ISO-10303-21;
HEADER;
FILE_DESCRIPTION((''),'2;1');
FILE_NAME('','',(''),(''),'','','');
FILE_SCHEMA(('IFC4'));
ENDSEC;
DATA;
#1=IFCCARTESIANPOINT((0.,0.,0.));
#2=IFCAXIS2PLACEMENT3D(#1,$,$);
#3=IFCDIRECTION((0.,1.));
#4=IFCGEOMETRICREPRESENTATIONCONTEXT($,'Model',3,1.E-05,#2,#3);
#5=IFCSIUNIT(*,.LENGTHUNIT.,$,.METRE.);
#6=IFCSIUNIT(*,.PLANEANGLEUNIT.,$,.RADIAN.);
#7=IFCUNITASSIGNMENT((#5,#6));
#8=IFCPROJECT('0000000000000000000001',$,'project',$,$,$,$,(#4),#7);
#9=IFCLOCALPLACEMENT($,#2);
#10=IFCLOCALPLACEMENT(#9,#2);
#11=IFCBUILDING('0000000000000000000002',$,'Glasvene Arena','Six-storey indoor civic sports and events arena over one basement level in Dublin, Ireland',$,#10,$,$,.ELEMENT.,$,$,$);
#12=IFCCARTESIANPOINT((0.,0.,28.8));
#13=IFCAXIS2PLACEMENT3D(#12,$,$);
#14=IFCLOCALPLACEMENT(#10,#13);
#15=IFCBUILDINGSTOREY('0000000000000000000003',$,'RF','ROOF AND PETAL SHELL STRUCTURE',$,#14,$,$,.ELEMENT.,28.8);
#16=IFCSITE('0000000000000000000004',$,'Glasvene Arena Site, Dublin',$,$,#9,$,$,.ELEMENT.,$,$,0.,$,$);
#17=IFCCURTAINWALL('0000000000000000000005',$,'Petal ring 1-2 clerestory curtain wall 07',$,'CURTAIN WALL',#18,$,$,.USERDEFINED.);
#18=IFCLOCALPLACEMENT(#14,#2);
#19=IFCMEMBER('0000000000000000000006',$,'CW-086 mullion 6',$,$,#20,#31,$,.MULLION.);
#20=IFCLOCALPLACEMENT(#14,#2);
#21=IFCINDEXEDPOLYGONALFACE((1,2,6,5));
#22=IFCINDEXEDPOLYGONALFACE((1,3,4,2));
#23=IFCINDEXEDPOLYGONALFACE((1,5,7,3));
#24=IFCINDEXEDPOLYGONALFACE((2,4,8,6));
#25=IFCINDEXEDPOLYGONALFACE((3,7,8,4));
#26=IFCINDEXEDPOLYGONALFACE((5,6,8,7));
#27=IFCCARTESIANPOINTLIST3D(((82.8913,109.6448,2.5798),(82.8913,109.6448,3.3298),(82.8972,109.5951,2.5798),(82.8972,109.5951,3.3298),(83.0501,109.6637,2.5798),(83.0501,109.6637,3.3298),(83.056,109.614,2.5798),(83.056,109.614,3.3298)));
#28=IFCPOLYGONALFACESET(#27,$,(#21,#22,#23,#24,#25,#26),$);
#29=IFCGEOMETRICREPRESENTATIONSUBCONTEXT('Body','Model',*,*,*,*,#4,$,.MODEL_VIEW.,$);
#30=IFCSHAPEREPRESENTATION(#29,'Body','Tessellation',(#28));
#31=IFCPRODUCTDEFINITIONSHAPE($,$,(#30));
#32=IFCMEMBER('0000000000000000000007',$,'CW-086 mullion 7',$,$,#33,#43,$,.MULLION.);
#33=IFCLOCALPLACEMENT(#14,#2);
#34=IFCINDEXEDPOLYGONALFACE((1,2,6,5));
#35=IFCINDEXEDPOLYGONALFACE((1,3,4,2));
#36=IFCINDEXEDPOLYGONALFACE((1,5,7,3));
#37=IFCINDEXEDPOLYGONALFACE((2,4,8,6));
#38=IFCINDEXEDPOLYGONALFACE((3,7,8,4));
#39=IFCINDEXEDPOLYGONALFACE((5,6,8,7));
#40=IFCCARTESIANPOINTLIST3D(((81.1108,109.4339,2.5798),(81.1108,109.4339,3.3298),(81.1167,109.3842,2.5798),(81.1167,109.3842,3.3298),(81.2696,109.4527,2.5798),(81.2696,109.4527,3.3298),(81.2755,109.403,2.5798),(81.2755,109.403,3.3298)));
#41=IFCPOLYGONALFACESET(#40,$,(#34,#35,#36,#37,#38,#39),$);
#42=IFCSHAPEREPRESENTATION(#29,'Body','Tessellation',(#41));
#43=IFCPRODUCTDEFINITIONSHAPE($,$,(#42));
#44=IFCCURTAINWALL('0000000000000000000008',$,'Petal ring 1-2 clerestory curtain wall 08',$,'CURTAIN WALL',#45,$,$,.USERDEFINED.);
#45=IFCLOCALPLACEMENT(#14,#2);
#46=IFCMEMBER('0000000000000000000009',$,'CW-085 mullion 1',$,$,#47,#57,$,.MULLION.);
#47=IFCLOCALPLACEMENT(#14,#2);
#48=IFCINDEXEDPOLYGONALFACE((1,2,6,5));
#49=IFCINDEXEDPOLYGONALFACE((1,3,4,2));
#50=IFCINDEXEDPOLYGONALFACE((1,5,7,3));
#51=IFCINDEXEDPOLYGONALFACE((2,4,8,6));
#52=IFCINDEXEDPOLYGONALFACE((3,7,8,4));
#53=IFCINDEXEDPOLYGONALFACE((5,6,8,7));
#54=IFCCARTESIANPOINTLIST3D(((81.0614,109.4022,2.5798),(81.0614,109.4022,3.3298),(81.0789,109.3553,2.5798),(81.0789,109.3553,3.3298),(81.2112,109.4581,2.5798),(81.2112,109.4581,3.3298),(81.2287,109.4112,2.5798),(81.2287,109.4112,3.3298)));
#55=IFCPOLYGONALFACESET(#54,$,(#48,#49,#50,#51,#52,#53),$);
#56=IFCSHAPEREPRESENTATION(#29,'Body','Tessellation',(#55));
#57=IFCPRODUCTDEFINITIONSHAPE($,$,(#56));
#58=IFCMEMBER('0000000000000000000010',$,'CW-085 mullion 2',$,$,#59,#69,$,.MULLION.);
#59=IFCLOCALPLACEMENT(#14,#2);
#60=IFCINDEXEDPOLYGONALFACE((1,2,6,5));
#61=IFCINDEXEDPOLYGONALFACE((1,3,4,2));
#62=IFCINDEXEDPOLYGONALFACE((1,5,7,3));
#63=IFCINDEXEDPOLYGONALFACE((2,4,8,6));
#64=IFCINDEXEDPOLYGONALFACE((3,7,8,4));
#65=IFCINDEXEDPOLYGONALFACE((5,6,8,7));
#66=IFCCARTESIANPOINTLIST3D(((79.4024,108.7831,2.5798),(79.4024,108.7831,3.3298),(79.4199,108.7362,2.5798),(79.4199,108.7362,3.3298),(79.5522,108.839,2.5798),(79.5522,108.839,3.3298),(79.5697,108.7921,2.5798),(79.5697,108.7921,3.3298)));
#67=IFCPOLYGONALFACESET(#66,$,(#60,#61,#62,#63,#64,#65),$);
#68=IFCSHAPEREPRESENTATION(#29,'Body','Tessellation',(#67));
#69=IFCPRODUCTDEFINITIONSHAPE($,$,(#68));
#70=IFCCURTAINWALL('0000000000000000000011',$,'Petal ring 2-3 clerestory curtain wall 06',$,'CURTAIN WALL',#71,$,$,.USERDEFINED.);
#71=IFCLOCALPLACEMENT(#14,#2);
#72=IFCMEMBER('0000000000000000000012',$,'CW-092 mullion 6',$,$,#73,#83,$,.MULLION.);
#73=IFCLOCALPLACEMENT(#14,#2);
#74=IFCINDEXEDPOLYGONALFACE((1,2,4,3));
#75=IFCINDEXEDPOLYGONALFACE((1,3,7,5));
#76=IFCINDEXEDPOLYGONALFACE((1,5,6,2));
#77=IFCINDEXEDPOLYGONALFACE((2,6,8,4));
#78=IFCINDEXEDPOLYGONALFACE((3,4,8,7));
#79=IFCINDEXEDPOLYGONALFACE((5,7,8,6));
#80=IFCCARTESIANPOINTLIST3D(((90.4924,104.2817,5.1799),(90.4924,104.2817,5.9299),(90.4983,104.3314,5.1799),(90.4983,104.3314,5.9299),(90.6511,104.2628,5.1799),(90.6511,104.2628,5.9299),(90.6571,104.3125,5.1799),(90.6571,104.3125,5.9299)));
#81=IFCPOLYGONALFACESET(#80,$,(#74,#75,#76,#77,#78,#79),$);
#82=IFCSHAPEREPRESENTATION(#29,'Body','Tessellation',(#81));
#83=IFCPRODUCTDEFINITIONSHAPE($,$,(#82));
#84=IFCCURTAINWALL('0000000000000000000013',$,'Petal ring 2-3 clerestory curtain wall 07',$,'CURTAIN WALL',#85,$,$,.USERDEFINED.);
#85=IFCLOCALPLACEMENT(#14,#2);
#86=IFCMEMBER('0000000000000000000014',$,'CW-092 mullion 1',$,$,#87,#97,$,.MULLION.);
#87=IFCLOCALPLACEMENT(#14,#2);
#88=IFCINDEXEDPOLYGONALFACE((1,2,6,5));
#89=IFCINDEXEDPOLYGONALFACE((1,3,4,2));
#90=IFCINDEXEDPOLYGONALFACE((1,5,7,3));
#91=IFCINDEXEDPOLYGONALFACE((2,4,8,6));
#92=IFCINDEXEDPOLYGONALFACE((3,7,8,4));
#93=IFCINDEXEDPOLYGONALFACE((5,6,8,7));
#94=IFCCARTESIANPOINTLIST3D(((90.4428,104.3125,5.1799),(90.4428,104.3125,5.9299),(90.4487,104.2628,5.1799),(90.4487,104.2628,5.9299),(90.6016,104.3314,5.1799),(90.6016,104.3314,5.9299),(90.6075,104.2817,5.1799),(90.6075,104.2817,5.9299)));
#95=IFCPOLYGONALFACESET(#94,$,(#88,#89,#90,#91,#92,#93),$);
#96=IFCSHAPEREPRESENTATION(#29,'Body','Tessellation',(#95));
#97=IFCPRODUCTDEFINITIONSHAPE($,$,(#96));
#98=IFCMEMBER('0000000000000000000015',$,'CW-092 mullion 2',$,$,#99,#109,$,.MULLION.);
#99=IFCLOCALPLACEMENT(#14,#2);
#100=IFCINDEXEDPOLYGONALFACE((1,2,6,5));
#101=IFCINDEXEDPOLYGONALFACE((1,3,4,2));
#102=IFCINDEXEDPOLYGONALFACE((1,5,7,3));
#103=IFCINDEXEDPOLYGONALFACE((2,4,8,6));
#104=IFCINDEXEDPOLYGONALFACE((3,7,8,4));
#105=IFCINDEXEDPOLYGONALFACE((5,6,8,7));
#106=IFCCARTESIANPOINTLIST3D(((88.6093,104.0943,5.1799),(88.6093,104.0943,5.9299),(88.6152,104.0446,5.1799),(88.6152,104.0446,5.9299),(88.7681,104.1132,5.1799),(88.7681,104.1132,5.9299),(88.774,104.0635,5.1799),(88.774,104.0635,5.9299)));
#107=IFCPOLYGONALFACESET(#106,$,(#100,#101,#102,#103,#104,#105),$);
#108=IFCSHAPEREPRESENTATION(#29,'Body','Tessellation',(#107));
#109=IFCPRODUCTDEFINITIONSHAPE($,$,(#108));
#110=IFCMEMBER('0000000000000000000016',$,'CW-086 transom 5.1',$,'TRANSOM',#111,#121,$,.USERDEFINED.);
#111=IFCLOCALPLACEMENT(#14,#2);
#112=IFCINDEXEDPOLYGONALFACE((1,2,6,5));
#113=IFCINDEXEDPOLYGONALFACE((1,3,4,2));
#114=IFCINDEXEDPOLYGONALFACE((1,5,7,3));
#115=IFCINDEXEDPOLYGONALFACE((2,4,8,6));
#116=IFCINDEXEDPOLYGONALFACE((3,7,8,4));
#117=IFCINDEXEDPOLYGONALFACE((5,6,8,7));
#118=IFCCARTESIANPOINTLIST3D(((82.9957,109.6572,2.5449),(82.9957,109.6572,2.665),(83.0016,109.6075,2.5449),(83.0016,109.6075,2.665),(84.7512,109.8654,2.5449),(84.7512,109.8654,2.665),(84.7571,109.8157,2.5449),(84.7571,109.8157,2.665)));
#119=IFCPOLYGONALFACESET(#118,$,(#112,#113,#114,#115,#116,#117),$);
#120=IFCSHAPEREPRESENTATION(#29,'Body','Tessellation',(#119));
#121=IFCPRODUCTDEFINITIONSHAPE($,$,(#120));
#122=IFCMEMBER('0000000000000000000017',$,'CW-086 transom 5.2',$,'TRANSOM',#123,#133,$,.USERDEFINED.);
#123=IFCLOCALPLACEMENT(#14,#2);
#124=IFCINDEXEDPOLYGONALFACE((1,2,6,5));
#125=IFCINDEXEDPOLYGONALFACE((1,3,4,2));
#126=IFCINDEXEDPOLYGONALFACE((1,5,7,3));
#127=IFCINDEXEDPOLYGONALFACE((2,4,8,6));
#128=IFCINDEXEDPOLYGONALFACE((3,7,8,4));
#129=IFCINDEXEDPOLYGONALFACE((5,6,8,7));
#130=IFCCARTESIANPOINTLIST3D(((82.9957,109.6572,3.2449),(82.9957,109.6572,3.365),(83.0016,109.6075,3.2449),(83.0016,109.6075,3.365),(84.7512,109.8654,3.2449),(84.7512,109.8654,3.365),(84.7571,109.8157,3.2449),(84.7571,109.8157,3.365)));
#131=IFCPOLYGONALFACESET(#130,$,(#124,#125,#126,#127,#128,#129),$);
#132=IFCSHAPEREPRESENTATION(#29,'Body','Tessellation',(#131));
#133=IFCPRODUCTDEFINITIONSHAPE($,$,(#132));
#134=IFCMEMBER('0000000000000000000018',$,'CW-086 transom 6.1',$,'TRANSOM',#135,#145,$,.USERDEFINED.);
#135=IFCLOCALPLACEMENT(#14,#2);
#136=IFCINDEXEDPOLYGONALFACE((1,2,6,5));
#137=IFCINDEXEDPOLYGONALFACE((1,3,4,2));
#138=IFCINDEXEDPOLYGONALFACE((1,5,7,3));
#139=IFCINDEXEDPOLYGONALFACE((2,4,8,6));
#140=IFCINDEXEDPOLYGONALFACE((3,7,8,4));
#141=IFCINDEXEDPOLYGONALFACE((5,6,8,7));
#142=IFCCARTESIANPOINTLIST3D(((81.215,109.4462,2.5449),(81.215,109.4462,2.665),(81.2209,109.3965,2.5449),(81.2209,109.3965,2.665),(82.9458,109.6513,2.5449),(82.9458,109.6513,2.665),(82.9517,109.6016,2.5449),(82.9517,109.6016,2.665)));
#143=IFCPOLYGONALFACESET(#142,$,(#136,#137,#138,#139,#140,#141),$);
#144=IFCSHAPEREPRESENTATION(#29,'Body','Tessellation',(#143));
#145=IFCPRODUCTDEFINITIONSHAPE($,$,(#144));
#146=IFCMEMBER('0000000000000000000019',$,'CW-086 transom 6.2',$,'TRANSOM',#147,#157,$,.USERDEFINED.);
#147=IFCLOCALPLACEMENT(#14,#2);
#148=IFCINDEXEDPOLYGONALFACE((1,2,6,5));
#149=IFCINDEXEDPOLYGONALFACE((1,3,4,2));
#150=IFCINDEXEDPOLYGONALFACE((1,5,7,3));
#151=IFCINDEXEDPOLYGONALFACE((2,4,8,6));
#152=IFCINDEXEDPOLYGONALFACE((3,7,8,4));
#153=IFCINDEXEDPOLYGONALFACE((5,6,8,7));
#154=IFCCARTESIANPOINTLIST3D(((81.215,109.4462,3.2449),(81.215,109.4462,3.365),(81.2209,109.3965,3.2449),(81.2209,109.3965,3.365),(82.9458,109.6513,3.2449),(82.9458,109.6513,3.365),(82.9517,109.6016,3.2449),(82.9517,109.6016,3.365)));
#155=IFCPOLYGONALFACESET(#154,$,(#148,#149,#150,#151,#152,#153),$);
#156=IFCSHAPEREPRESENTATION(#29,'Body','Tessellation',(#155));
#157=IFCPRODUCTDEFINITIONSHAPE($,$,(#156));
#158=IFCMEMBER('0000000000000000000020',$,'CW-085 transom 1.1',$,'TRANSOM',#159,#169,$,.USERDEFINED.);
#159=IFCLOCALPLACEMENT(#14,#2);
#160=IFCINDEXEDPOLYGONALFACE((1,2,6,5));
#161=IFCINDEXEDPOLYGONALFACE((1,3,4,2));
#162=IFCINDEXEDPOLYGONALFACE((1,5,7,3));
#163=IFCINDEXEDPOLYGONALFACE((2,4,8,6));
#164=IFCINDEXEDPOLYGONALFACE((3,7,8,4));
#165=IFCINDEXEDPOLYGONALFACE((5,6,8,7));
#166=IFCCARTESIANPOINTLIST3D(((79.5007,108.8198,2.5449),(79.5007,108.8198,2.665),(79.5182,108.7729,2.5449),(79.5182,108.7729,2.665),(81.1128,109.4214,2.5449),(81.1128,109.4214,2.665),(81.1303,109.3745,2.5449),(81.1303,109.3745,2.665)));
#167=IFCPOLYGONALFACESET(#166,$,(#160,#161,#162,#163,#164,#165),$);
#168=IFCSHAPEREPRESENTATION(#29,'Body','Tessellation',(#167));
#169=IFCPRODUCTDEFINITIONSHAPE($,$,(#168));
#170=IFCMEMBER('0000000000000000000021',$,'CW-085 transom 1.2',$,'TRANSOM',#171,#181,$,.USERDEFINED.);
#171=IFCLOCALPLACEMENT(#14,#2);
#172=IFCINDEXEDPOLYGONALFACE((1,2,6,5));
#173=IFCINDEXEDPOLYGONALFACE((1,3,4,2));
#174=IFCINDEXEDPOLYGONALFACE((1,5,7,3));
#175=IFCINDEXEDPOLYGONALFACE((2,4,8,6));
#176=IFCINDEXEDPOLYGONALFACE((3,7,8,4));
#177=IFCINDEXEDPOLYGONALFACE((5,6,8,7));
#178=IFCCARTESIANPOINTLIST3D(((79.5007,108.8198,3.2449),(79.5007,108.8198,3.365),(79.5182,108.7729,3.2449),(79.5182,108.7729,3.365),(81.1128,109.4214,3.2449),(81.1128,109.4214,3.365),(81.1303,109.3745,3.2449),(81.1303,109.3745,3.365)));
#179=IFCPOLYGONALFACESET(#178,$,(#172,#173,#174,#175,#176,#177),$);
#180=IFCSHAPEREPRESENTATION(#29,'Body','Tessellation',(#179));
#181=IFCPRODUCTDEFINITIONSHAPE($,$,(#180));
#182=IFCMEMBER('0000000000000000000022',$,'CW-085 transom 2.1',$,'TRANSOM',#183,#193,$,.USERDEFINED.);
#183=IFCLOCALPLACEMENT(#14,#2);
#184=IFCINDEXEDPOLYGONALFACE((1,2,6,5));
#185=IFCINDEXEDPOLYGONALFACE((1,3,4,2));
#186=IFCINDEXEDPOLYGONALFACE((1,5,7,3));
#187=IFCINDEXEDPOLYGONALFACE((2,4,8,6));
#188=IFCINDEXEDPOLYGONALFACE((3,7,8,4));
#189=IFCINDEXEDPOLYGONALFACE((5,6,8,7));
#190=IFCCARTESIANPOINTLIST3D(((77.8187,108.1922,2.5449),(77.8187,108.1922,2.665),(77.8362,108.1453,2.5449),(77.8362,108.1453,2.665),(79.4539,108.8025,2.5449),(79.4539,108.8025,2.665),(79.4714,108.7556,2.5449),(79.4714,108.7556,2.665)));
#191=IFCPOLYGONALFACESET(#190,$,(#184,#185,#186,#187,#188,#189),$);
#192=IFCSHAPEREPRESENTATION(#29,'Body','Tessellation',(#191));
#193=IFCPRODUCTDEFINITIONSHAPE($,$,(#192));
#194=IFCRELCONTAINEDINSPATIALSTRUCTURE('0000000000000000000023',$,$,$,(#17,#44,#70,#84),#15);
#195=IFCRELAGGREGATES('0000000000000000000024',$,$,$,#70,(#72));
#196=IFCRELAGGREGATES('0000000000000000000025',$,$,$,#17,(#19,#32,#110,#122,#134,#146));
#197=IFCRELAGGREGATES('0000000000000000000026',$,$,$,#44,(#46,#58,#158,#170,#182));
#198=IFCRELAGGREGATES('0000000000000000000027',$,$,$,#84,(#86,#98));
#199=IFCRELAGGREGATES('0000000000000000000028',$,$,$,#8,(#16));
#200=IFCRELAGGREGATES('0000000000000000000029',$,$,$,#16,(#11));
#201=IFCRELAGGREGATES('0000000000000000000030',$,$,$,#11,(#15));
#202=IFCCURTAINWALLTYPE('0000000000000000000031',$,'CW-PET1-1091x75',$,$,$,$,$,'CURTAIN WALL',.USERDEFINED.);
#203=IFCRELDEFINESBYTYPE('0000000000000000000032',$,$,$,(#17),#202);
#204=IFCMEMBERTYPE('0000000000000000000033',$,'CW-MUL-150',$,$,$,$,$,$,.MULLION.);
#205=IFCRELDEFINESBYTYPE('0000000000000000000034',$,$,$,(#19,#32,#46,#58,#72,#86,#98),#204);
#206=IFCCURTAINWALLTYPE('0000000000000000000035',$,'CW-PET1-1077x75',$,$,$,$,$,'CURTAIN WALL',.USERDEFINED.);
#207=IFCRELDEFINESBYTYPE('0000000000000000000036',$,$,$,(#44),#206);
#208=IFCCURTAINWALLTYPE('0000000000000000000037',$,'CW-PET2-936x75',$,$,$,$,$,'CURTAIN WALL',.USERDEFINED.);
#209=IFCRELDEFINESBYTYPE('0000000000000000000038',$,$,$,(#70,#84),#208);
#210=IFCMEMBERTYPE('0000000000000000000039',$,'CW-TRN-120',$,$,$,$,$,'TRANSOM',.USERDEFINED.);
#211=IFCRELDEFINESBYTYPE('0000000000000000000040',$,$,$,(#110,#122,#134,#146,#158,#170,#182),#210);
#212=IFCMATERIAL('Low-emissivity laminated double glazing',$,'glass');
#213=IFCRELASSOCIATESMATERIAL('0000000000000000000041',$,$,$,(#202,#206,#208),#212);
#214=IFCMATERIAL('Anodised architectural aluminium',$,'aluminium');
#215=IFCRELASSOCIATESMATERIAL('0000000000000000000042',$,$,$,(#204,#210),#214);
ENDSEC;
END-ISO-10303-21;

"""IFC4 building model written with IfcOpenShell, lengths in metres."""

from ifc_helpers import new_model, si_unit, direction, frame, origin, origin_2d, place, context, subcontext, project, spatial, rectangle, extrude, material, material_profile, profile_set, type_object, element, aggregate, save


model = new_model("IFC4")

# Units and contexts
model_context = context("Model", 3, precision=1e-05, world=origin(), true_north=direction((0.0, 1.0)))
body_context = subcontext(model_context, "Body", "Model", "MODEL_VIEW")
ifc_project = project(units=[si_unit("LENGTHUNIT", "METRE"), si_unit("PLANEANGLEUNIT", "RADIAN")], contexts=[model_context])

# Site, building, storey
site_placement = place(None, origin())
site = spatial("IfcSite", under=ifc_project, at=site_placement, Name="Glasvene Arena Site, Dublin", CompositionType="ELEMENT", RefElevation=0.0)
building_placement = place(site_placement, origin())
building = spatial("IfcBuilding", under=site, at=building_placement, Name="Glasvene Arena", Description="Six-storey indoor civic sports and events arena over one basement level in Dublin, Ireland", CompositionType="ELEMENT")
storey_placement = place(building_placement, frame((0.0, 0.0, 28.8)))
storey = spatial("IfcBuildingStorey", under=building, at=storey_placement, Name="RF", Description="ROOF AND PETAL SHELL STRUCTURE", CompositionType="ELEMENT", Elevation=28.8)

# Curtain walls, members
ifc_material_1 = material(Name="Low-emissivity laminated double glazing", Category="glass")
curtain_wall_type_1 = type_object("IfcCurtainWallType", Name="CW-PET1-1091x75", ElementType="CURTAIN WALL", PredefinedType="USERDEFINED", material=ifc_material_1)
curtain_wall_1_placement = place(storey_placement, frame((92.0, 110.7, 0.0)))
curtain_wall_1 = element("IfcCurtainWall", 1, at=curtain_wall_1_placement, inside=storey, type_object=curtain_wall_type_1, Name="Petal ring 1-2 clerestory curtain wall 07", ObjectType="CURTAIN WALL", PredefinedType="USERDEFINED")
ifc_material_2 = material(Name="Anodised architectural aluminium", Category="aluminium")
ifc_material_profile_1 = material_profile(ifc_material_2, rectangle(XDim=0.05, YDim=0.1599, at=origin_2d()), Name="ALU MULLION 50x160")
ifc_profile_set_1 = profile_set([ifc_material_profile_1], Name="Anodised architectural aluminium")
member_type_1 = type_object("IfcMemberType", Name="CW-MUL-150", PredefinedType="MULLION", material=ifc_profile_set_1)
member_1_placement = place(storey_placement, frame((82.9736, 109.6294, 2.5798), z_axis=(0.0, 0.0, 1.0), x_axis=(0.117772, -0.993041, 0.0)))
member_1 = element("IfcMember", 2, at=member_1_placement, type_object=member_type_1, Name="CW-086 mullion 6", PredefinedType="MULLION", context=body_context, shape_type="SweptSolid", body=[
    extrude(rectangle(XDim=0.05, YDim=0.1599, at=origin_2d()), origin(), (0.0, 0.0, 1.0), 0.75),
])
member_2_placement = place(storey_placement, frame((81.1931, 109.4185, 2.5798), z_axis=(0.0, 0.0, 1.0), x_axis=(0.117772, -0.993041, 0.0)))
member_2 = element("IfcMember", 3, at=member_2_placement, type_object=member_type_1, Name="CW-086 mullion 7", PredefinedType="MULLION", context=body_context, shape_type="SweptSolid", body=[
    extrude(rectangle(XDim=0.05, YDim=0.1599, at=origin_2d()), origin(), (0.0, 0.0, 1.0), 0.75),
])
curtain_wall_type_2 = type_object("IfcCurtainWallType", Name="CW-PET1-1077x75", ElementType="CURTAIN WALL", PredefinedType="USERDEFINED", material=ifc_material_1)
curtain_wall_2_placement = place(storey_placement, frame((81.1685, 109.4153, 0.0)))
curtain_wall_2 = element("IfcCurtainWall", 4, at=curtain_wall_2_placement, inside=storey, type_object=curtain_wall_type_2, Name="Petal ring 1-2 clerestory curtain wall 08", ObjectType="CURTAIN WALL", PredefinedType="USERDEFINED")
member_3_placement = place(storey_placement, frame((81.145, 109.4067, 2.5798), z_axis=(0.0, 0.0, 1.0), x_axis=(0.349591, -0.936902, 0.0)))
member_3 = element("IfcMember", 5, at=member_3_placement, type_object=member_type_1, Name="CW-085 mullion 1", PredefinedType="MULLION", context=body_context, shape_type="SweptSolid", body=[
    extrude(rectangle(XDim=0.05, YDim=0.1599, at=origin_2d()), origin(), (0.0, 0.0, 1.0), 0.75),
])
member_4_placement = place(storey_placement, frame((79.4861, 108.7876, 2.5798), z_axis=(0.0, 0.0, 1.0), x_axis=(0.349591, -0.936902, 0.0)))
member_4 = element("IfcMember", 6, at=member_4_placement, type_object=member_type_1, Name="CW-085 mullion 2", PredefinedType="MULLION", context=body_context, shape_type="SweptSolid", body=[
    extrude(rectangle(XDim=0.05, YDim=0.1599, at=origin_2d()), origin(), (0.0, 0.0, 1.0), 0.75),
])

# Curtain wall, member
curtain_wall_type_3 = type_object("IfcCurtainWallType", Name="CW-PET2-936x75", ElementType="CURTAIN WALL", PredefinedType="USERDEFINED", material=ifc_material_1)
curtain_wall_3_placement = place(storey_placement, frame((99.8416, 103.1943, 0.0)))
curtain_wall_3 = element("IfcCurtainWall", 7, at=curtain_wall_3_placement, inside=storey, type_object=curtain_wall_type_3, Name="Petal ring 2-3 clerestory curtain wall 06", ObjectType="CURTAIN WALL", PredefinedType="USERDEFINED")
member_5_placement = place(storey_placement, frame((90.5747, 104.2971, 5.1799), z_axis=(0.0, 0.0, 1.0), x_axis=(-0.118166, -0.992994, 0.0)))
member_5 = element("IfcMember", 8, at=member_5_placement, type_object=member_type_1, Name="CW-092 mullion 6", PredefinedType="MULLION", context=body_context, shape_type="SweptSolid", body=[
    extrude(rectangle(XDim=0.05, YDim=0.1599, at=origin_2d()), origin(), (0.0, 0.0, 1.0), 0.75),
])
aggregate(curtain_wall_3, [member_5])

# Curtain wall, members
curtain_wall_4_placement = place(storey_placement, frame((90.55, 104.3, 0.0)))
curtain_wall_4 = element("IfcCurtainWall", 9, at=curtain_wall_4_placement, inside=storey, type_object=curtain_wall_type_3, Name="Petal ring 2-3 clerestory curtain wall 07", ObjectType="CURTAIN WALL", PredefinedType="USERDEFINED")
member_6_placement = place(storey_placement, frame((90.5251, 104.2971, 5.1799), z_axis=(0.0, 0.0, 1.0), x_axis=(0.118166, -0.992994, 0.0)))
member_6 = element("IfcMember", 10, at=member_6_placement, type_object=member_type_1, Name="CW-092 mullion 1", PredefinedType="MULLION", context=body_context, shape_type="SweptSolid", body=[
    extrude(rectangle(XDim=0.05, YDim=0.1599, at=origin_2d()), origin(), (0.0, 0.0, 1.0), 0.75),
])
member_7_placement = place(storey_placement, frame((88.6917, 104.0789, 5.1799), z_axis=(0.0, 0.0, 1.0), x_axis=(0.118166, -0.992994, 0.0)))
member_7 = element("IfcMember", 11, at=member_7_placement, type_object=member_type_1, Name="CW-092 mullion 2", PredefinedType="MULLION", context=body_context, shape_type="SweptSolid", body=[
    extrude(rectangle(XDim=0.05, YDim=0.1599, at=origin_2d()), origin(), (0.0, 0.0, 1.0), 0.75),
])

# Members
ifc_material_profile_2 = material_profile(ifc_material_2, rectangle(XDim=0.05, YDim=0.1201, at=origin_2d()), Name="ALU TRANSOM 50x120")
ifc_profile_set_2 = profile_set([ifc_material_profile_2], Name="Anodised architectural aluminium")
member_type_2 = type_object("IfcMemberType", Name="CW-TRN-120", ElementType="TRANSOM", PredefinedType="USERDEFINED", material=ifc_profile_set_2)
member_8_placement = place(storey_placement, frame((84.7542, 109.8406, 2.605), z_axis=(-0.993038, -0.117795, 0.0), x_axis=(0.117795, -0.993038, 0.0)))
member_8 = element("IfcMember", 12, at=member_8_placement, type_object=member_type_2, Name="CW-086 transom 5.1", ObjectType="TRANSOM", PredefinedType="USERDEFINED", context=body_context, shape_type="SweptSolid", body=[
    extrude(rectangle(XDim=0.05, YDim=0.1201, at=origin_2d()), origin(), (0.0, 0.0, 1.0), 1.7678),
])
member_9_placement = place(storey_placement, frame((84.7542, 109.8406, 3.3049), z_axis=(-0.993038, -0.117795, 0.0), x_axis=(0.117795, -0.993038, 0.0)))
member_9 = element("IfcMember", 13, at=member_9_placement, type_object=member_type_2, Name="CW-086 transom 5.2", ObjectType="TRANSOM", PredefinedType="USERDEFINED", context=body_context, shape_type="SweptSolid", body=[
    extrude(rectangle(XDim=0.05, YDim=0.1201, at=origin_2d()), origin(), (0.0, 0.0, 1.0), 1.7678),
])
member_10_placement = place(storey_placement, frame((82.9487, 109.6265, 2.605), z_axis=(-0.993053, -0.11767, 0.0), x_axis=(0.11767, -0.993053, 0.0)))
member_10 = element("IfcMember", 14, at=member_10_placement, type_object=member_type_2, Name="CW-086 transom 6.1", ObjectType="TRANSOM", PredefinedType="USERDEFINED", context=body_context, shape_type="SweptSolid", body=[
    extrude(rectangle(XDim=0.05, YDim=0.1201, at=origin_2d()), origin(), (0.0, 0.0, 1.0), 1.7429),
])
member_11_placement = place(storey_placement, frame((82.9487, 109.6265, 3.3049), z_axis=(-0.993053, -0.11767, 0.0), x_axis=(0.11767, -0.993053, 0.0)))
member_11 = element("IfcMember", 15, at=member_11_placement, type_object=member_type_2, Name="CW-086 transom 6.2", ObjectType="TRANSOM", PredefinedType="USERDEFINED", context=body_context, shape_type="SweptSolid", body=[
    extrude(rectangle(XDim=0.05, YDim=0.1201, at=origin_2d()), origin(), (0.0, 0.0, 1.0), 1.7429),
])
member_12_placement = place(storey_placement, frame((81.1216, 109.3979, 2.605), z_axis=(-0.936894, -0.349615, 0.0), x_axis=(0.349615, -0.936894, 0.0)))
member_12 = element("IfcMember", 16, at=member_12_placement, type_object=member_type_2, Name="CW-085 transom 1.1", ObjectType="TRANSOM", PredefinedType="USERDEFINED", context=body_context, shape_type="SweptSolid", body=[
    extrude(rectangle(XDim=0.05, YDim=0.1201, at=origin_2d()), origin(), (0.0, 0.0, 1.0), 1.7207),
])
member_13_placement = place(storey_placement, frame((81.1216, 109.3979, 3.3049), z_axis=(-0.936894, -0.349615, 0.0), x_axis=(0.349615, -0.936894, 0.0)))
member_13 = element("IfcMember", 17, at=member_13_placement, type_object=member_type_2, Name="CW-085 transom 1.2", ObjectType="TRANSOM", PredefinedType="USERDEFINED", context=body_context, shape_type="SweptSolid", body=[
    extrude(rectangle(XDim=0.05, YDim=0.1201, at=origin_2d()), origin(), (0.0, 0.0, 1.0), 1.7207),
])
member_14_placement = place(storey_placement, frame((79.4626, 108.7791, 2.605), z_axis=(-0.936868, -0.349682, 0.0), x_axis=(0.349682, -0.936868, 0.0)))
member_14 = element("IfcMember", 18, at=member_14_placement, type_object=member_type_2, Name="CW-085 transom 2.1", ObjectType="TRANSOM", PredefinedType="USERDEFINED", context=body_context, shape_type="SweptSolid", body=[
    extrude(rectangle(XDim=0.05, YDim=0.1201, at=origin_2d()), origin(), (0.0, 0.0, 1.0), 1.7454),
])

aggregate(curtain_wall_1, [member_1, member_2, member_8, member_9, member_10, member_11])
aggregate(curtain_wall_2, [member_3, member_4, member_12, member_13, member_14])
aggregate(curtain_wall_4, [member_6, member_7])

save(model, "model.ifc")
